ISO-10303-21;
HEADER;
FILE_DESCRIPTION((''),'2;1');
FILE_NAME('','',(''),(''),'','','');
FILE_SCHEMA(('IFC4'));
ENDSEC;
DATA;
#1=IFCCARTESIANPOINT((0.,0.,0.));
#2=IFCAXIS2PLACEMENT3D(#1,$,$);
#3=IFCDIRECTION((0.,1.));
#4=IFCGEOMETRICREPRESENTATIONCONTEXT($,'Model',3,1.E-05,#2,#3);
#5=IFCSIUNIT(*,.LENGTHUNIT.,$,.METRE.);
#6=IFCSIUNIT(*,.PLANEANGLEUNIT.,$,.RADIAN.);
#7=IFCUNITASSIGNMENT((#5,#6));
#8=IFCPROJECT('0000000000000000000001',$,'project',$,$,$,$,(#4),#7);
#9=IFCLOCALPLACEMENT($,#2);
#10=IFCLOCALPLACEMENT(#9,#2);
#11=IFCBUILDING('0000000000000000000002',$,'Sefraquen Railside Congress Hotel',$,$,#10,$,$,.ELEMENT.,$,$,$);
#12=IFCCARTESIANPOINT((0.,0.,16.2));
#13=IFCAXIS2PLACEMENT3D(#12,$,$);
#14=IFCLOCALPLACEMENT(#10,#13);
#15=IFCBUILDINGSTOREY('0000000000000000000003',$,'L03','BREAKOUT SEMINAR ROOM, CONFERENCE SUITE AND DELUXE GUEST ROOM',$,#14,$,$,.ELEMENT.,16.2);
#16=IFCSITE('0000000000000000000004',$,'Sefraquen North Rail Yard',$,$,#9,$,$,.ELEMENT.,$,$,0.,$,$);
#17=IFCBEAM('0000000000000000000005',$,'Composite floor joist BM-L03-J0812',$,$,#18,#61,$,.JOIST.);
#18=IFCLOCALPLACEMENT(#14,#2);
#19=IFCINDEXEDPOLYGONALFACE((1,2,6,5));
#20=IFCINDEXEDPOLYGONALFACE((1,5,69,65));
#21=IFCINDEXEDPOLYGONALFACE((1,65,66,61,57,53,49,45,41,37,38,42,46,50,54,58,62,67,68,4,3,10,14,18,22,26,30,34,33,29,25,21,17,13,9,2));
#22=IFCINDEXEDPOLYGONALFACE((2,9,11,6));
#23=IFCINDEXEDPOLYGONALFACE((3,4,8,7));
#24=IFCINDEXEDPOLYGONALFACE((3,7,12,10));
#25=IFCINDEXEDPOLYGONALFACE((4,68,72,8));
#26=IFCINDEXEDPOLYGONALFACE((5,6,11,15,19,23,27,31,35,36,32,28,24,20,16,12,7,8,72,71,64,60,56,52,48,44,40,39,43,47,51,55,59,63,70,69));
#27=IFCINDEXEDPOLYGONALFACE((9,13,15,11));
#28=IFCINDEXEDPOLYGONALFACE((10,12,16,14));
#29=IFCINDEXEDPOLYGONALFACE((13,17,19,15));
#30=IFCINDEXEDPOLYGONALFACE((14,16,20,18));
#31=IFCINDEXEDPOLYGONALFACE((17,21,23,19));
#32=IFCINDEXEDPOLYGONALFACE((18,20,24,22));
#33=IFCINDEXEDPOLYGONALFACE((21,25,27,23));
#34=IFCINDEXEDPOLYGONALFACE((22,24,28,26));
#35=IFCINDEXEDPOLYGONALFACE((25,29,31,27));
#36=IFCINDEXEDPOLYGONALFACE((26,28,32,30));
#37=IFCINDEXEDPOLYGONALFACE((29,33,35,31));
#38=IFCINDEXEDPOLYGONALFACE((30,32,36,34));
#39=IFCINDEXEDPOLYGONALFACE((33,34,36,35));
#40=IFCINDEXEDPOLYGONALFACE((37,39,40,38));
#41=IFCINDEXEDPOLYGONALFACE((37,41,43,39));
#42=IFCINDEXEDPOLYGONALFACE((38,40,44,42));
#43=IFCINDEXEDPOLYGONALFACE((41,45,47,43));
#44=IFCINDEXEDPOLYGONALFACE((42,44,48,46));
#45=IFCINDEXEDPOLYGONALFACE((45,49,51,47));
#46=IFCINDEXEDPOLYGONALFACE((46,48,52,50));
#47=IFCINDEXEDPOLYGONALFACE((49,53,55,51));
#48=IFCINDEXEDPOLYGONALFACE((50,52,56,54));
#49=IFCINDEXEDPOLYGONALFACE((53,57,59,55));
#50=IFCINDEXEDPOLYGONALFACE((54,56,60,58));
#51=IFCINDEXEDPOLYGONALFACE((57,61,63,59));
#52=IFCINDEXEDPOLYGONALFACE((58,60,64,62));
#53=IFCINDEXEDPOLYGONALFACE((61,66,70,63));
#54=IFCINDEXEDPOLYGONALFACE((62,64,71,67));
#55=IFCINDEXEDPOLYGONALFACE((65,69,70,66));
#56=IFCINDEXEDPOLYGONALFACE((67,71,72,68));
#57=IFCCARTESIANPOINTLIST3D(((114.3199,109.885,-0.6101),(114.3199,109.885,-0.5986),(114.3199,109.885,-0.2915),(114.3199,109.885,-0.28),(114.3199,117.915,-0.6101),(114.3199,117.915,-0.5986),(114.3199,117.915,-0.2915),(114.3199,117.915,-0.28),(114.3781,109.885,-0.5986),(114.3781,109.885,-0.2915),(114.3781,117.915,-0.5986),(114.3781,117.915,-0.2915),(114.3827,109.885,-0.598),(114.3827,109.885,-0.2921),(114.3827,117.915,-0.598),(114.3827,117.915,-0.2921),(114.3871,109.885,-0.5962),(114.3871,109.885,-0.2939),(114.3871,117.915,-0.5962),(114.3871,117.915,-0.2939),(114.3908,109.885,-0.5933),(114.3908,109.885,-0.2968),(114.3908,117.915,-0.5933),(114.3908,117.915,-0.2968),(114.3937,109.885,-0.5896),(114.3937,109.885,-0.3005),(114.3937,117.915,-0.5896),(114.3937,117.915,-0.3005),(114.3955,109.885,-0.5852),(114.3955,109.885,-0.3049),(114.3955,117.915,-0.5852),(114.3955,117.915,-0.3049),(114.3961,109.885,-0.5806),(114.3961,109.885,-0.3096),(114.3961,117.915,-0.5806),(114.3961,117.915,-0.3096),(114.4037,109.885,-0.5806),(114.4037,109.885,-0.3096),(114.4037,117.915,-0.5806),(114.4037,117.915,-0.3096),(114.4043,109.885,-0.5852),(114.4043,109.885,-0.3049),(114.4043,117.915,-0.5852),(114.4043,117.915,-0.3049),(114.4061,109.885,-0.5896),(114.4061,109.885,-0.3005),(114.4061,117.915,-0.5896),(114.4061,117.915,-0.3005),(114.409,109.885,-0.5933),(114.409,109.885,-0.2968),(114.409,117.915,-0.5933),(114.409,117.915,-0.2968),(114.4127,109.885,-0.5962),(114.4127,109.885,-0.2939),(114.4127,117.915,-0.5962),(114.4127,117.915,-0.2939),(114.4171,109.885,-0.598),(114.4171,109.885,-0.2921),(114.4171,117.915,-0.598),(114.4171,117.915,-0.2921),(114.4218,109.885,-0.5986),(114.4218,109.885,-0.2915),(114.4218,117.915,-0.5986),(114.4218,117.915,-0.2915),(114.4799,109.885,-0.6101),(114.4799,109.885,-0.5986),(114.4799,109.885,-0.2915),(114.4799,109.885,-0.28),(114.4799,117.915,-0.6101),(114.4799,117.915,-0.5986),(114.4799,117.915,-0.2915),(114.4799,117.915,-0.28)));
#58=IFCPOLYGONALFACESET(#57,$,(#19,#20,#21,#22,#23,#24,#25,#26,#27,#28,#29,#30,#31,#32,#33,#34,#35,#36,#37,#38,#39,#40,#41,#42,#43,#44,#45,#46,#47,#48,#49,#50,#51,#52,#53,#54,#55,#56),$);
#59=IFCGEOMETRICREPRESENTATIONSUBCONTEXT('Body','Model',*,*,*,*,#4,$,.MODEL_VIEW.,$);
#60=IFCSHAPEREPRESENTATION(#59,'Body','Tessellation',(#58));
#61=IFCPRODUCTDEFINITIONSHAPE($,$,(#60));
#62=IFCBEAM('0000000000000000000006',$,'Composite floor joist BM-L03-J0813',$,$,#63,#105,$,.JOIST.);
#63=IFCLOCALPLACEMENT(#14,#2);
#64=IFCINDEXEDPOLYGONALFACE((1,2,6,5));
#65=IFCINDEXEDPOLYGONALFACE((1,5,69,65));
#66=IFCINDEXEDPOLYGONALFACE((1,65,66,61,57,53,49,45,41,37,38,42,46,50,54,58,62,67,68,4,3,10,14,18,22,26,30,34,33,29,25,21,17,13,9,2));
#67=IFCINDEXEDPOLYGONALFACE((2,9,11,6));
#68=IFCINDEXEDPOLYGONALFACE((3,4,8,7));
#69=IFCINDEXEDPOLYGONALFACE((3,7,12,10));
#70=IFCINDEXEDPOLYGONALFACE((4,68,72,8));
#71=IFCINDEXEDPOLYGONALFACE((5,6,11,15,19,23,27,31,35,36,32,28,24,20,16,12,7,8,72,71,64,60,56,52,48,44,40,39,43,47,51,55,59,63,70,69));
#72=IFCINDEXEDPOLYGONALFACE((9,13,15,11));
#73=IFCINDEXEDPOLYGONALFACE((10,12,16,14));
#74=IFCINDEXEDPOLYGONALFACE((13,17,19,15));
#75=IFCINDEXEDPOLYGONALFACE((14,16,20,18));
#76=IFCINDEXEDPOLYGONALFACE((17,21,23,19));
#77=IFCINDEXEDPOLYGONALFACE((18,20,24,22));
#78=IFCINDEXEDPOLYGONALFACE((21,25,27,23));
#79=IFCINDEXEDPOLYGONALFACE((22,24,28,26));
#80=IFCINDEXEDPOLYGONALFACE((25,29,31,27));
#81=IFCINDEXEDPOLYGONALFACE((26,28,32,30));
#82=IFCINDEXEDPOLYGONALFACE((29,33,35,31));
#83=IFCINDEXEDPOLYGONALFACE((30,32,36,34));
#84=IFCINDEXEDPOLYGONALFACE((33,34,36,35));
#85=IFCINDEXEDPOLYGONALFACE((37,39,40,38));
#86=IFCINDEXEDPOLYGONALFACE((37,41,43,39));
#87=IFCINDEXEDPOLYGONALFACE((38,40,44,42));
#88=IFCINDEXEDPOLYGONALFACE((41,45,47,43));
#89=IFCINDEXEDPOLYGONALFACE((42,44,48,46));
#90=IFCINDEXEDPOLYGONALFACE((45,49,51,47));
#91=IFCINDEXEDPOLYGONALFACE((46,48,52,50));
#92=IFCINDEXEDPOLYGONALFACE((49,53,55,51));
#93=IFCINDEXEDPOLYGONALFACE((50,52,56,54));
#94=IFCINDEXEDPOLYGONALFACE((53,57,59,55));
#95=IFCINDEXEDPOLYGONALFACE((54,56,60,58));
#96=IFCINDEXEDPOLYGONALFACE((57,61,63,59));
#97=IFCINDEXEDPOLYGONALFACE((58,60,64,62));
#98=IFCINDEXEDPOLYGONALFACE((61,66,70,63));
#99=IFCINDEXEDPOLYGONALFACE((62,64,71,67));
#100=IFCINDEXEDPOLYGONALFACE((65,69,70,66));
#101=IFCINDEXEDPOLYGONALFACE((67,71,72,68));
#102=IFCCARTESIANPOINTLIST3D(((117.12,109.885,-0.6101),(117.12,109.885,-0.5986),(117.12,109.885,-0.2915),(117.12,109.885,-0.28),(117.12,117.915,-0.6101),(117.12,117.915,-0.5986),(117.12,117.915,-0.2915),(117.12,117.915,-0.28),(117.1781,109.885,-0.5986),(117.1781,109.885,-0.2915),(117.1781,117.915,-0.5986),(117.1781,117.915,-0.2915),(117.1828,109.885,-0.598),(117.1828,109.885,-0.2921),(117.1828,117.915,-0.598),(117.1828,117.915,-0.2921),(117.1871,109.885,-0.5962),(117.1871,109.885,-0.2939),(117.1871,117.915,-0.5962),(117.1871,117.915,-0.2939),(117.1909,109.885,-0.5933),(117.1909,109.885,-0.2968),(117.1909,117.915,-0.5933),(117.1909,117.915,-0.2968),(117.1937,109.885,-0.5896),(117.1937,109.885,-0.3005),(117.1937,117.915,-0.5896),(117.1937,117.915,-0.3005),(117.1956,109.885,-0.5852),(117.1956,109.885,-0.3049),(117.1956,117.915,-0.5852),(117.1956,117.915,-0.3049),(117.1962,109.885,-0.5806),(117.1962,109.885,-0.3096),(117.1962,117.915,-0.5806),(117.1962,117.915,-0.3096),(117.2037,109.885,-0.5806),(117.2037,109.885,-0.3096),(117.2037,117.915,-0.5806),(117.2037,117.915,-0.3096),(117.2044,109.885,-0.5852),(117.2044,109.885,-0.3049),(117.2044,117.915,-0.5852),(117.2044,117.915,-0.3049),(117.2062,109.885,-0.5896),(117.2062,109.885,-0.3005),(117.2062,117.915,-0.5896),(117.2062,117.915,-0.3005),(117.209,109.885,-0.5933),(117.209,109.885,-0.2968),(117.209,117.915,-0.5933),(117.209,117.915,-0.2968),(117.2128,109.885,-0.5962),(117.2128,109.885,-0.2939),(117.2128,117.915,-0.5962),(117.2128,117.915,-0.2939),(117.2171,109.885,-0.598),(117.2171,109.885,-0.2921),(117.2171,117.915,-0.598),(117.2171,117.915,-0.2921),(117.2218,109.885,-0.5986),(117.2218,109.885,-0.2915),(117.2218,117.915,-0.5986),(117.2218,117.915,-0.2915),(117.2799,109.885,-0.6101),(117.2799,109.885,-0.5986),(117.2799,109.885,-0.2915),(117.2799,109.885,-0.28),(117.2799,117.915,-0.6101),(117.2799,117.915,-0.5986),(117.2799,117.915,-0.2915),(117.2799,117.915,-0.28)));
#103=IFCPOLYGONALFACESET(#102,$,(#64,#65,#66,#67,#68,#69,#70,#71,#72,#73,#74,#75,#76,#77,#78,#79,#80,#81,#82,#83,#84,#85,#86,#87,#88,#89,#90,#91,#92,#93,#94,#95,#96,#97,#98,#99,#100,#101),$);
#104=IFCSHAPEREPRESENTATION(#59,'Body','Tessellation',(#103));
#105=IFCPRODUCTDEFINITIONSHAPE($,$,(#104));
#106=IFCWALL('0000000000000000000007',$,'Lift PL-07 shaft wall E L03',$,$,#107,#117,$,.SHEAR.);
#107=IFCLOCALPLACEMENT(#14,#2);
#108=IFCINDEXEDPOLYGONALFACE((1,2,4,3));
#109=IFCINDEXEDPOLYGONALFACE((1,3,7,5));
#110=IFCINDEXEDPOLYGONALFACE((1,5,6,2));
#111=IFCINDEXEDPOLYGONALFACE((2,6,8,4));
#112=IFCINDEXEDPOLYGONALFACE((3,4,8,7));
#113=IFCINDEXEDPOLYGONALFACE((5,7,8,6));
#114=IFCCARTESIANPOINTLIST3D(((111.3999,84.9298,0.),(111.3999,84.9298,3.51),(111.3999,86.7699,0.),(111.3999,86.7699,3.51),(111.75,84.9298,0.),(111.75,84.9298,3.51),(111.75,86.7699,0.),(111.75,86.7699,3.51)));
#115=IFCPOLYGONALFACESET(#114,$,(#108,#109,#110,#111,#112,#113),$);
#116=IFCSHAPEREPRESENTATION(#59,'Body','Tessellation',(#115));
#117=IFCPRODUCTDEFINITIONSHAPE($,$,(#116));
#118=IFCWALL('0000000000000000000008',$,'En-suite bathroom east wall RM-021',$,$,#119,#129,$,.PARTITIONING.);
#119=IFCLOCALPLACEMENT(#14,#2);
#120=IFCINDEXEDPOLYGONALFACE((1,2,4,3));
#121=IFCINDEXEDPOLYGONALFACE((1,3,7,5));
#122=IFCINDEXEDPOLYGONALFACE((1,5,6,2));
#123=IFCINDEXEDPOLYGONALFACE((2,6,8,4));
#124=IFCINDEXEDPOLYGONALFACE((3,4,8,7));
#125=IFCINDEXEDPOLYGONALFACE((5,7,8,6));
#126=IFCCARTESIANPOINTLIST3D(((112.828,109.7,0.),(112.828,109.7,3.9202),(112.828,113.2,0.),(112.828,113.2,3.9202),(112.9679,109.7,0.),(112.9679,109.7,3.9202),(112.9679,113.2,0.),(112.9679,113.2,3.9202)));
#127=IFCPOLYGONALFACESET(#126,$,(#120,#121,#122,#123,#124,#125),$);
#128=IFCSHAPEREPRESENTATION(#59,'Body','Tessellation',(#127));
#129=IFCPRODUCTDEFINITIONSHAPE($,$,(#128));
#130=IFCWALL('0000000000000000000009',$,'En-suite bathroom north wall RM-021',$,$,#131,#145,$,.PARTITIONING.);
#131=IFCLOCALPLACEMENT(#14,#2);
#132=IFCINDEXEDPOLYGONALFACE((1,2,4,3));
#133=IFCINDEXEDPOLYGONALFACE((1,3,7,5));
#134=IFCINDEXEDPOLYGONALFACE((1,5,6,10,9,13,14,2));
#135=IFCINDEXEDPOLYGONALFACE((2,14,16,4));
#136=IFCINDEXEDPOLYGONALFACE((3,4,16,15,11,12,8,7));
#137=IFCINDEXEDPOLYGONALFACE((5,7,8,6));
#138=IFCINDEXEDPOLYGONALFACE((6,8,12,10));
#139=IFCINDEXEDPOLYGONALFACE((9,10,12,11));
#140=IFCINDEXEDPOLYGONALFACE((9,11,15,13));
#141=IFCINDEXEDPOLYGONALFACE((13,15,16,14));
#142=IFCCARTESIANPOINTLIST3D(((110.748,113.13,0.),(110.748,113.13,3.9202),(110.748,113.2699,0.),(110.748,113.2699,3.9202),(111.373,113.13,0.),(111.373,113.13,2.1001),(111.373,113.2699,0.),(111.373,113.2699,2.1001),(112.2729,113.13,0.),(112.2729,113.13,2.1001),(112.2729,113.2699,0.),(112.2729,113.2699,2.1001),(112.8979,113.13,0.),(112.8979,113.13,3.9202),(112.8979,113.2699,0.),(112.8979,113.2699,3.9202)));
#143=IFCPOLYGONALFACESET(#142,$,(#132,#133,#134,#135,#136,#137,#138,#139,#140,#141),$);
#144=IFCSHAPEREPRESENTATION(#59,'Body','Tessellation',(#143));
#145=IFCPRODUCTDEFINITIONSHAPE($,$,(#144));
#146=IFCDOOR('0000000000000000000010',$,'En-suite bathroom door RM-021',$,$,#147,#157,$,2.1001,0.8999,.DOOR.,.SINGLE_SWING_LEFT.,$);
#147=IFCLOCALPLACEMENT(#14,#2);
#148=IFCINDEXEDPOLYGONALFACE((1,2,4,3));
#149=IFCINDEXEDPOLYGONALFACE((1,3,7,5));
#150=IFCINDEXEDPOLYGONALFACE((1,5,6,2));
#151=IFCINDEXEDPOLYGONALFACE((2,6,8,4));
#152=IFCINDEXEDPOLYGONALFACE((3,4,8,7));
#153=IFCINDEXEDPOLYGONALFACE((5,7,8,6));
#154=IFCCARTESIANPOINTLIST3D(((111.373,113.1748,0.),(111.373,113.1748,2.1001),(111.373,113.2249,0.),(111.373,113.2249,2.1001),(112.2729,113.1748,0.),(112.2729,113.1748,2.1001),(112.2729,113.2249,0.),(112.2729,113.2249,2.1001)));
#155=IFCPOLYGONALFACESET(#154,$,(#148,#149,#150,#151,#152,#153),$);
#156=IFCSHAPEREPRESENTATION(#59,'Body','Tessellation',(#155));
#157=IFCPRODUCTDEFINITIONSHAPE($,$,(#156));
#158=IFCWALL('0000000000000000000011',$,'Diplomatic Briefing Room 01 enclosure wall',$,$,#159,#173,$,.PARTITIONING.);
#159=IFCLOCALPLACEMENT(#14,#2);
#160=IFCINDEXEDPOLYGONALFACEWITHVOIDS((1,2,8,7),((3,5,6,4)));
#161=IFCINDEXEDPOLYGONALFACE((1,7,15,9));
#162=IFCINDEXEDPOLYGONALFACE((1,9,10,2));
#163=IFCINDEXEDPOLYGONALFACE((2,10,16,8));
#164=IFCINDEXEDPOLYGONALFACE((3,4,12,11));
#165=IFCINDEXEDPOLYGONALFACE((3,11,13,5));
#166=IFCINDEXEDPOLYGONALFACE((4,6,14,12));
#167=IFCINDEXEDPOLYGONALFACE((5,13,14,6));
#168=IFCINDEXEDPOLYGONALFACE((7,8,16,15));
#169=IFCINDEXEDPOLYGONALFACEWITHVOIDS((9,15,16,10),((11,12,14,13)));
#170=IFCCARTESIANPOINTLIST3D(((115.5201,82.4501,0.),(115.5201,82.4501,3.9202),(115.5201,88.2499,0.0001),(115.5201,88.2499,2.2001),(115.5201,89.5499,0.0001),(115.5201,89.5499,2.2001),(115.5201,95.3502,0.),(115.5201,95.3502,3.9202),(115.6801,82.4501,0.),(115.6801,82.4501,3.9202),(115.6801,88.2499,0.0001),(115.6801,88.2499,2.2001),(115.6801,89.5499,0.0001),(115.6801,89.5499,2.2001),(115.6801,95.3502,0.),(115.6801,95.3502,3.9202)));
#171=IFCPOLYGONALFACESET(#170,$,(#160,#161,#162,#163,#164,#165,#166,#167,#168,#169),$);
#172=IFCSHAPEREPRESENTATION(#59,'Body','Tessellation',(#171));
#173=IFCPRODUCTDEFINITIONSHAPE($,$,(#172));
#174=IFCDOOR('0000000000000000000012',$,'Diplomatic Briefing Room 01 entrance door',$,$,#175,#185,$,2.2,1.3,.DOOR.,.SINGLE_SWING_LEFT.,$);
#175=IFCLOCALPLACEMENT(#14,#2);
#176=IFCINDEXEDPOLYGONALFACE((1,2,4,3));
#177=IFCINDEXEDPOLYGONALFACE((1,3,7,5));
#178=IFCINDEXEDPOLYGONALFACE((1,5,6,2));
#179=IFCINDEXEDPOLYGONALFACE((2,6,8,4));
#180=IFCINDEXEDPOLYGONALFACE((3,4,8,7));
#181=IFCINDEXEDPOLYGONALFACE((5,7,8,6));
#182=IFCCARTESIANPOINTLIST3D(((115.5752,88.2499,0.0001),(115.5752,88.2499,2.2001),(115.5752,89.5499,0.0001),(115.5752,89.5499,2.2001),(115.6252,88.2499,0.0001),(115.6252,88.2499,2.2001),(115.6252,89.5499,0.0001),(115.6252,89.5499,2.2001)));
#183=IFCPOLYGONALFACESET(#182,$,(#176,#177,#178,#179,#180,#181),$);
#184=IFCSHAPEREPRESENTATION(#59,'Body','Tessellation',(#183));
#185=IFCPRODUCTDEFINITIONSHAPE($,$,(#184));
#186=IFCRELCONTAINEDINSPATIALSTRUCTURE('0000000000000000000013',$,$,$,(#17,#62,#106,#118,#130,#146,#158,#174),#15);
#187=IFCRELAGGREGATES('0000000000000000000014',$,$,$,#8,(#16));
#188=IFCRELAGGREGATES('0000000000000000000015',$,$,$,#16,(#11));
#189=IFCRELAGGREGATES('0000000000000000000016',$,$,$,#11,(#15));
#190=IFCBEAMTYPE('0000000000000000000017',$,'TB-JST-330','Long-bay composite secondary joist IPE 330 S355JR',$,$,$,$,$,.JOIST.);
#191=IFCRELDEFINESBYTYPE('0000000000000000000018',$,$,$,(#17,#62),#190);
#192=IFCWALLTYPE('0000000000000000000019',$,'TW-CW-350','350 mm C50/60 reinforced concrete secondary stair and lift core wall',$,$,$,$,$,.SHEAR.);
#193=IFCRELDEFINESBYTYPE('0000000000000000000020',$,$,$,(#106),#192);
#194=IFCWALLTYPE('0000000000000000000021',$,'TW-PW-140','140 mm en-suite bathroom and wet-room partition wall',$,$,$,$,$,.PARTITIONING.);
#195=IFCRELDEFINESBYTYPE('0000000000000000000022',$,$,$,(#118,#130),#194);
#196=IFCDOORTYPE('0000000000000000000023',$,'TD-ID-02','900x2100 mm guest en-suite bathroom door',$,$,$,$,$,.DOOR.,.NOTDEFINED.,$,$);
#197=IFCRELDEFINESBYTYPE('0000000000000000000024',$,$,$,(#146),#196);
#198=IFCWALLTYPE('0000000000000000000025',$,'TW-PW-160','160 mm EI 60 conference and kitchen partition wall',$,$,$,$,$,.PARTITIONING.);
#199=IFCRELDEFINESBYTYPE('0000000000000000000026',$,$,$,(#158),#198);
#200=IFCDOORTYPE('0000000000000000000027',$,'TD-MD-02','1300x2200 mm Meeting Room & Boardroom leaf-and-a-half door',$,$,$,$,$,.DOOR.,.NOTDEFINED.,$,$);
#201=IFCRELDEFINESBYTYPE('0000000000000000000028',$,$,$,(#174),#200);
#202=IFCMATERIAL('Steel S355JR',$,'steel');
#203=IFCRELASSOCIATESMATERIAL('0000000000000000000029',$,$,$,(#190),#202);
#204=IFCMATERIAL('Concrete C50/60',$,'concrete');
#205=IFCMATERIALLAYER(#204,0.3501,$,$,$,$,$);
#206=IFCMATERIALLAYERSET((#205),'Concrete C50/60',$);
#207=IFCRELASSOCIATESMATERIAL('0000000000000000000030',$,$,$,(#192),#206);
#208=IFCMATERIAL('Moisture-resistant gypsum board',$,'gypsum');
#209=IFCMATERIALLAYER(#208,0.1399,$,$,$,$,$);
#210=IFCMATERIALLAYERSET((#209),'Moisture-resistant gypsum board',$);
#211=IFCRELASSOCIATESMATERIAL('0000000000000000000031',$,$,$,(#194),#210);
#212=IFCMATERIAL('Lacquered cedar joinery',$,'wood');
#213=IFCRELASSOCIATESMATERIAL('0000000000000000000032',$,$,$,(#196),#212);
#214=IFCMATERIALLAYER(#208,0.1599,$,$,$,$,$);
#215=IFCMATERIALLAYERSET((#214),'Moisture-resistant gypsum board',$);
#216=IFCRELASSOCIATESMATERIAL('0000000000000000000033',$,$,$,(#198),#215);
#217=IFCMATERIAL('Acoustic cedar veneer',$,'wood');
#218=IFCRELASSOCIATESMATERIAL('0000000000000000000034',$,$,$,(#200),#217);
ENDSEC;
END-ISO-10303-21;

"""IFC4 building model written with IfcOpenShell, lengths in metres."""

from ifc_helpers import new_model, si_unit, direction, frame, frame_2d, origin, origin_2d, place, context, subcontext, project, spatial, rectangle, i_section, extrude, material, layer, layer_set, material_profile, profile_set, type_object, element, fill, save


model = new_model("IFC4")

# Units and contexts
model_context = context("Model", 3, precision=1e-05, world=origin(), true_north=direction((0.0, 1.0)))
body_context = subcontext(model_context, "Body", "Model", "MODEL_VIEW")
ifc_project = project(units=[si_unit("LENGTHUNIT", "METRE"), si_unit("PLANEANGLEUNIT", "RADIAN")], contexts=[model_context])

# Site, building, storey
site_placement = place(None, origin())
site = spatial("IfcSite", under=ifc_project, at=site_placement, Name="Sefraquen North Rail Yard", CompositionType="ELEMENT", RefElevation=0.0)
building_placement = place(site_placement, origin())
building = spatial("IfcBuilding", under=site, at=building_placement, Name="Sefraquen Railside Congress Hotel", CompositionType="ELEMENT")
storey_placement = place(building_placement, frame((0.0, 0.0, 16.2)))
storey = spatial("IfcBuildingStorey", under=building, at=storey_placement, Name="L03", Description="BREAKOUT SEMINAR ROOM, CONFERENCE SUITE AND DELUXE GUEST ROOM", CompositionType="ELEMENT", Elevation=16.2)

# Shared definitions
ifc_material_1 = material(Name="Steel S355JR", Category="steel")

# Beams
ifc_material_profile_1 = material_profile(ifc_material_1, i_section(OverallWidth=0.1599, OverallDepth=0.3301, WebThickness=0.0076, FlangeThickness=0.0115, FilletRadius=0.0181, at=origin_2d()), Name="IPE 330")
ifc_profile_set_1 = profile_set([ifc_material_profile_1], Name="Steel S355JR")
beam_type_1 = type_object("IfcBeamType", Name="TB-JST-330", Description="Long-bay composite secondary joist IPE 330 S355JR", PredefinedType="JOIST", material=ifc_profile_set_1)
for number, where, z_axis, x_axis, name in (
    (1, (114.3999, 109.885, -0.4451), (0.0, 1.0, 0.0), (-1.0, 0.0, 0.0), "Composite floor joist BM-L03-J0812"),
    (2, (117.2, 109.885, -0.4451), (0.0, 1.0, 0.0), (-1.0, 0.0, 0.0), "Composite floor joist BM-L03-J0813"),
):
    element("IfcBeam", number, at=place(storey_placement, frame(where, z_axis=z_axis, x_axis=x_axis)), inside=storey, type_object=beam_type_1, Name=name, PredefinedType="JOIST", context=body_context, shape_type="SweptSolid", body=[
        extrude(i_section(OverallWidth=0.1599, OverallDepth=0.3301, WebThickness=0.0076, FlangeThickness=0.0115, FilletRadius=0.0181, at=origin_2d()), origin(), (0.0, 0.0, 1.0), 8.03),
    ])

# Walls
ifc_material_2 = material(Name="Concrete C50/60", Category="concrete")
ifc_layer_1 = layer(ifc_material_2, 0.3501)
ifc_layer_set_1 = layer_set([ifc_layer_1], Name="Concrete C50/60")
wall_type_1 = type_object("IfcWallType", Name="TW-CW-350", Description="350 mm C50/60 reinforced concrete secondary stair and lift core wall", PredefinedType="SHEAR", material=ifc_layer_set_1)
wall_1_placement = place(storey_placement, frame((111.575, 84.9299, 0.0), z_axis=(0.0, 0.0, 1.0), x_axis=(0.0, 1.0, 0.0)))
element("IfcWall", 3, at=wall_1_placement, inside=storey, type_object=wall_type_1, Name="Lift PL-07 shaft wall E L03", PredefinedType="SHEAR", context=body_context, shape_type="SweptSolid", body=[
    extrude(rectangle(XDim=1.8401, YDim=0.3501, at=frame_2d((0.9199, 0.0))), origin(), (0.0, 0.0, 1.0), 3.51),
])
ifc_material_3 = material(Name="Moisture-resistant gypsum board", Category="gypsum")
ifc_layer_2 = layer(ifc_material_3, 0.1399)
ifc_layer_set_2 = layer_set([ifc_layer_2], Name="Moisture-resistant gypsum board")
wall_type_2 = type_object("IfcWallType", Name="TW-PW-140", Description="140 mm en-suite bathroom and wet-room partition wall", PredefinedType="PARTITIONING", material=ifc_layer_set_2)
wall_2_placement = place(storey_placement, frame((112.8979, 109.7, 0.0), z_axis=(0.0, 0.0, 1.0), x_axis=(0.0, 1.0, 0.0)))
element("IfcWall", 4, at=wall_2_placement, inside=storey, type_object=wall_type_2, Name="En-suite bathroom east wall RM-021", PredefinedType="PARTITIONING", context=body_context, shape_type="SweptSolid", body=[
    extrude(rectangle(XDim=3.5, YDim=0.1399, at=frame_2d((1.75, 0.0))), origin(), (0.0, 0.0, 1.0), 3.9202),
])

# Walls, openings, doors
wall_3_placement = place(storey_placement, frame((110.748, 113.2, 0.0), z_axis=(0.0, 0.0, 1.0), x_axis=(1.0, 0.0, 0.0)))
wall_3 = element("IfcWall", 5, at=wall_3_placement, inside=storey, type_object=wall_type_2, Name="En-suite bathroom north wall RM-021", PredefinedType="PARTITIONING", context=body_context, shape_type="SweptSolid", body=[
    extrude(rectangle(XDim=2.1499, YDim=0.1399, at=frame_2d((1.075, 0.0))), origin(), (0.0, 0.0, 1.0), 3.9202),
])
opening_1_placement = place(wall_3_placement, frame((0.625, 0.0, 0.0)))
opening_1 = element("IfcOpeningElement", 6, at=opening_1_placement, cuts=wall_3, PredefinedType="OPENING", context=body_context, shape_type="SweptSolid", body=[
    extrude(rectangle(XDim=0.8999, YDim=2.1001, at=frame_2d((0.45, 1.05))), frame((0.0, 0.0798, 0.0), z_axis=(0.0, -1.0, 0.0), x_axis=(1.0, 0.0, 0.0)), (0.0, 0.0, 1.0), 0.1599),
])
ifc_material_4 = material(Name="Lacquered cedar joinery", Category="wood")
door_type_1 = type_object("IfcDoorType", Name="TD-ID-02", Description="900x2100 mm guest en-suite bathroom door", OperationType="NOTDEFINED", PredefinedType="DOOR", material=ifc_material_4)
door_1_placement = place(opening_1_placement, origin())
door_1 = element("IfcDoor", 7, at=door_1_placement, inside=storey, type_object=door_type_1, Name="En-suite bathroom door RM-021", OperationType="SINGLE_SWING_LEFT", OverallHeight=2.1001, OverallWidth=0.8999, PredefinedType="DOOR", context=body_context, shape_type="SweptSolid", body=[
    extrude(rectangle(XDim=0.8999, YDim=2.1001, at=frame_2d((0.45, 1.05))), frame((0.0, 0.0249, 0.0), z_axis=(0.0, -1.0, 0.0), x_axis=(1.0, 0.0, 0.0)), (0.0, 0.0, 1.0), 0.05),
])
fill(opening_1, door_1)
ifc_layer_3 = layer(ifc_material_3, 0.1599)
ifc_layer_set_3 = layer_set([ifc_layer_3], Name="Moisture-resistant gypsum board")
wall_type_3 = type_object("IfcWallType", Name="TW-PW-160", Description="160 mm EI 60 conference and kitchen partition wall", PredefinedType="PARTITIONING", material=ifc_layer_set_3)
wall_4_placement = place(storey_placement, frame((115.6001, 82.45, 0.0), z_axis=(0.0, 0.0, 1.0), x_axis=(0.0, 1.0, 0.0)))
wall_4 = element("IfcWall", 8, at=wall_4_placement, inside=storey, type_object=wall_type_3, Name="Diplomatic Briefing Room 01 enclosure wall", PredefinedType="PARTITIONING", context=body_context, shape_type="SweptSolid", body=[
    extrude(rectangle(XDim=12.9001, YDim=0.1599, at=frame_2d((6.4502, 0.0))), origin(), (0.0, 0.0, 1.0), 3.9202),
])
opening_2_placement = place(wall_4_placement, frame((5.8, 0.0, 0.0)))
opening_2 = element("IfcOpeningElement", 9, at=opening_2_placement, cuts=wall_4, PredefinedType="OPENING", context=body_context, shape_type="SweptSolid", body=[
    extrude(rectangle(XDim=1.3, YDim=2.2, at=frame_2d((0.6499, 1.1001))), frame((0.0, 0.0898, 0.0), z_axis=(0.0, -1.0, 0.0), x_axis=(1.0, 0.0, 0.0)), (0.0, 0.0, 1.0), 0.1799),
])
ifc_material_5 = material(Name="Acoustic cedar veneer", Category="wood")
door_type_2 = type_object("IfcDoorType", Name="TD-MD-02", Description="1300x2200 mm Meeting Room & Boardroom leaf-and-a-half door", OperationType="NOTDEFINED", PredefinedType="DOOR", material=ifc_material_5)
door_2_placement = place(opening_2_placement, origin())
door_2 = element("IfcDoor", 10, at=door_2_placement, inside=storey, type_object=door_type_2, Name="Diplomatic Briefing Room 01 entrance door", OperationType="SINGLE_SWING_LEFT", OverallHeight=2.2, OverallWidth=1.3, PredefinedType="DOOR", context=body_context, shape_type="SweptSolid", body=[
    extrude(rectangle(XDim=1.3, YDim=2.2, at=frame_2d((0.6499, 1.1001))), frame((0.0, 0.0249, 0.0), z_axis=(0.0, -1.0, 0.0), x_axis=(1.0, 0.0, 0.0)), (0.0, 0.0, 1.0), 0.05),
])
fill(opening_2, door_2)

save(model, "model.ifc")
